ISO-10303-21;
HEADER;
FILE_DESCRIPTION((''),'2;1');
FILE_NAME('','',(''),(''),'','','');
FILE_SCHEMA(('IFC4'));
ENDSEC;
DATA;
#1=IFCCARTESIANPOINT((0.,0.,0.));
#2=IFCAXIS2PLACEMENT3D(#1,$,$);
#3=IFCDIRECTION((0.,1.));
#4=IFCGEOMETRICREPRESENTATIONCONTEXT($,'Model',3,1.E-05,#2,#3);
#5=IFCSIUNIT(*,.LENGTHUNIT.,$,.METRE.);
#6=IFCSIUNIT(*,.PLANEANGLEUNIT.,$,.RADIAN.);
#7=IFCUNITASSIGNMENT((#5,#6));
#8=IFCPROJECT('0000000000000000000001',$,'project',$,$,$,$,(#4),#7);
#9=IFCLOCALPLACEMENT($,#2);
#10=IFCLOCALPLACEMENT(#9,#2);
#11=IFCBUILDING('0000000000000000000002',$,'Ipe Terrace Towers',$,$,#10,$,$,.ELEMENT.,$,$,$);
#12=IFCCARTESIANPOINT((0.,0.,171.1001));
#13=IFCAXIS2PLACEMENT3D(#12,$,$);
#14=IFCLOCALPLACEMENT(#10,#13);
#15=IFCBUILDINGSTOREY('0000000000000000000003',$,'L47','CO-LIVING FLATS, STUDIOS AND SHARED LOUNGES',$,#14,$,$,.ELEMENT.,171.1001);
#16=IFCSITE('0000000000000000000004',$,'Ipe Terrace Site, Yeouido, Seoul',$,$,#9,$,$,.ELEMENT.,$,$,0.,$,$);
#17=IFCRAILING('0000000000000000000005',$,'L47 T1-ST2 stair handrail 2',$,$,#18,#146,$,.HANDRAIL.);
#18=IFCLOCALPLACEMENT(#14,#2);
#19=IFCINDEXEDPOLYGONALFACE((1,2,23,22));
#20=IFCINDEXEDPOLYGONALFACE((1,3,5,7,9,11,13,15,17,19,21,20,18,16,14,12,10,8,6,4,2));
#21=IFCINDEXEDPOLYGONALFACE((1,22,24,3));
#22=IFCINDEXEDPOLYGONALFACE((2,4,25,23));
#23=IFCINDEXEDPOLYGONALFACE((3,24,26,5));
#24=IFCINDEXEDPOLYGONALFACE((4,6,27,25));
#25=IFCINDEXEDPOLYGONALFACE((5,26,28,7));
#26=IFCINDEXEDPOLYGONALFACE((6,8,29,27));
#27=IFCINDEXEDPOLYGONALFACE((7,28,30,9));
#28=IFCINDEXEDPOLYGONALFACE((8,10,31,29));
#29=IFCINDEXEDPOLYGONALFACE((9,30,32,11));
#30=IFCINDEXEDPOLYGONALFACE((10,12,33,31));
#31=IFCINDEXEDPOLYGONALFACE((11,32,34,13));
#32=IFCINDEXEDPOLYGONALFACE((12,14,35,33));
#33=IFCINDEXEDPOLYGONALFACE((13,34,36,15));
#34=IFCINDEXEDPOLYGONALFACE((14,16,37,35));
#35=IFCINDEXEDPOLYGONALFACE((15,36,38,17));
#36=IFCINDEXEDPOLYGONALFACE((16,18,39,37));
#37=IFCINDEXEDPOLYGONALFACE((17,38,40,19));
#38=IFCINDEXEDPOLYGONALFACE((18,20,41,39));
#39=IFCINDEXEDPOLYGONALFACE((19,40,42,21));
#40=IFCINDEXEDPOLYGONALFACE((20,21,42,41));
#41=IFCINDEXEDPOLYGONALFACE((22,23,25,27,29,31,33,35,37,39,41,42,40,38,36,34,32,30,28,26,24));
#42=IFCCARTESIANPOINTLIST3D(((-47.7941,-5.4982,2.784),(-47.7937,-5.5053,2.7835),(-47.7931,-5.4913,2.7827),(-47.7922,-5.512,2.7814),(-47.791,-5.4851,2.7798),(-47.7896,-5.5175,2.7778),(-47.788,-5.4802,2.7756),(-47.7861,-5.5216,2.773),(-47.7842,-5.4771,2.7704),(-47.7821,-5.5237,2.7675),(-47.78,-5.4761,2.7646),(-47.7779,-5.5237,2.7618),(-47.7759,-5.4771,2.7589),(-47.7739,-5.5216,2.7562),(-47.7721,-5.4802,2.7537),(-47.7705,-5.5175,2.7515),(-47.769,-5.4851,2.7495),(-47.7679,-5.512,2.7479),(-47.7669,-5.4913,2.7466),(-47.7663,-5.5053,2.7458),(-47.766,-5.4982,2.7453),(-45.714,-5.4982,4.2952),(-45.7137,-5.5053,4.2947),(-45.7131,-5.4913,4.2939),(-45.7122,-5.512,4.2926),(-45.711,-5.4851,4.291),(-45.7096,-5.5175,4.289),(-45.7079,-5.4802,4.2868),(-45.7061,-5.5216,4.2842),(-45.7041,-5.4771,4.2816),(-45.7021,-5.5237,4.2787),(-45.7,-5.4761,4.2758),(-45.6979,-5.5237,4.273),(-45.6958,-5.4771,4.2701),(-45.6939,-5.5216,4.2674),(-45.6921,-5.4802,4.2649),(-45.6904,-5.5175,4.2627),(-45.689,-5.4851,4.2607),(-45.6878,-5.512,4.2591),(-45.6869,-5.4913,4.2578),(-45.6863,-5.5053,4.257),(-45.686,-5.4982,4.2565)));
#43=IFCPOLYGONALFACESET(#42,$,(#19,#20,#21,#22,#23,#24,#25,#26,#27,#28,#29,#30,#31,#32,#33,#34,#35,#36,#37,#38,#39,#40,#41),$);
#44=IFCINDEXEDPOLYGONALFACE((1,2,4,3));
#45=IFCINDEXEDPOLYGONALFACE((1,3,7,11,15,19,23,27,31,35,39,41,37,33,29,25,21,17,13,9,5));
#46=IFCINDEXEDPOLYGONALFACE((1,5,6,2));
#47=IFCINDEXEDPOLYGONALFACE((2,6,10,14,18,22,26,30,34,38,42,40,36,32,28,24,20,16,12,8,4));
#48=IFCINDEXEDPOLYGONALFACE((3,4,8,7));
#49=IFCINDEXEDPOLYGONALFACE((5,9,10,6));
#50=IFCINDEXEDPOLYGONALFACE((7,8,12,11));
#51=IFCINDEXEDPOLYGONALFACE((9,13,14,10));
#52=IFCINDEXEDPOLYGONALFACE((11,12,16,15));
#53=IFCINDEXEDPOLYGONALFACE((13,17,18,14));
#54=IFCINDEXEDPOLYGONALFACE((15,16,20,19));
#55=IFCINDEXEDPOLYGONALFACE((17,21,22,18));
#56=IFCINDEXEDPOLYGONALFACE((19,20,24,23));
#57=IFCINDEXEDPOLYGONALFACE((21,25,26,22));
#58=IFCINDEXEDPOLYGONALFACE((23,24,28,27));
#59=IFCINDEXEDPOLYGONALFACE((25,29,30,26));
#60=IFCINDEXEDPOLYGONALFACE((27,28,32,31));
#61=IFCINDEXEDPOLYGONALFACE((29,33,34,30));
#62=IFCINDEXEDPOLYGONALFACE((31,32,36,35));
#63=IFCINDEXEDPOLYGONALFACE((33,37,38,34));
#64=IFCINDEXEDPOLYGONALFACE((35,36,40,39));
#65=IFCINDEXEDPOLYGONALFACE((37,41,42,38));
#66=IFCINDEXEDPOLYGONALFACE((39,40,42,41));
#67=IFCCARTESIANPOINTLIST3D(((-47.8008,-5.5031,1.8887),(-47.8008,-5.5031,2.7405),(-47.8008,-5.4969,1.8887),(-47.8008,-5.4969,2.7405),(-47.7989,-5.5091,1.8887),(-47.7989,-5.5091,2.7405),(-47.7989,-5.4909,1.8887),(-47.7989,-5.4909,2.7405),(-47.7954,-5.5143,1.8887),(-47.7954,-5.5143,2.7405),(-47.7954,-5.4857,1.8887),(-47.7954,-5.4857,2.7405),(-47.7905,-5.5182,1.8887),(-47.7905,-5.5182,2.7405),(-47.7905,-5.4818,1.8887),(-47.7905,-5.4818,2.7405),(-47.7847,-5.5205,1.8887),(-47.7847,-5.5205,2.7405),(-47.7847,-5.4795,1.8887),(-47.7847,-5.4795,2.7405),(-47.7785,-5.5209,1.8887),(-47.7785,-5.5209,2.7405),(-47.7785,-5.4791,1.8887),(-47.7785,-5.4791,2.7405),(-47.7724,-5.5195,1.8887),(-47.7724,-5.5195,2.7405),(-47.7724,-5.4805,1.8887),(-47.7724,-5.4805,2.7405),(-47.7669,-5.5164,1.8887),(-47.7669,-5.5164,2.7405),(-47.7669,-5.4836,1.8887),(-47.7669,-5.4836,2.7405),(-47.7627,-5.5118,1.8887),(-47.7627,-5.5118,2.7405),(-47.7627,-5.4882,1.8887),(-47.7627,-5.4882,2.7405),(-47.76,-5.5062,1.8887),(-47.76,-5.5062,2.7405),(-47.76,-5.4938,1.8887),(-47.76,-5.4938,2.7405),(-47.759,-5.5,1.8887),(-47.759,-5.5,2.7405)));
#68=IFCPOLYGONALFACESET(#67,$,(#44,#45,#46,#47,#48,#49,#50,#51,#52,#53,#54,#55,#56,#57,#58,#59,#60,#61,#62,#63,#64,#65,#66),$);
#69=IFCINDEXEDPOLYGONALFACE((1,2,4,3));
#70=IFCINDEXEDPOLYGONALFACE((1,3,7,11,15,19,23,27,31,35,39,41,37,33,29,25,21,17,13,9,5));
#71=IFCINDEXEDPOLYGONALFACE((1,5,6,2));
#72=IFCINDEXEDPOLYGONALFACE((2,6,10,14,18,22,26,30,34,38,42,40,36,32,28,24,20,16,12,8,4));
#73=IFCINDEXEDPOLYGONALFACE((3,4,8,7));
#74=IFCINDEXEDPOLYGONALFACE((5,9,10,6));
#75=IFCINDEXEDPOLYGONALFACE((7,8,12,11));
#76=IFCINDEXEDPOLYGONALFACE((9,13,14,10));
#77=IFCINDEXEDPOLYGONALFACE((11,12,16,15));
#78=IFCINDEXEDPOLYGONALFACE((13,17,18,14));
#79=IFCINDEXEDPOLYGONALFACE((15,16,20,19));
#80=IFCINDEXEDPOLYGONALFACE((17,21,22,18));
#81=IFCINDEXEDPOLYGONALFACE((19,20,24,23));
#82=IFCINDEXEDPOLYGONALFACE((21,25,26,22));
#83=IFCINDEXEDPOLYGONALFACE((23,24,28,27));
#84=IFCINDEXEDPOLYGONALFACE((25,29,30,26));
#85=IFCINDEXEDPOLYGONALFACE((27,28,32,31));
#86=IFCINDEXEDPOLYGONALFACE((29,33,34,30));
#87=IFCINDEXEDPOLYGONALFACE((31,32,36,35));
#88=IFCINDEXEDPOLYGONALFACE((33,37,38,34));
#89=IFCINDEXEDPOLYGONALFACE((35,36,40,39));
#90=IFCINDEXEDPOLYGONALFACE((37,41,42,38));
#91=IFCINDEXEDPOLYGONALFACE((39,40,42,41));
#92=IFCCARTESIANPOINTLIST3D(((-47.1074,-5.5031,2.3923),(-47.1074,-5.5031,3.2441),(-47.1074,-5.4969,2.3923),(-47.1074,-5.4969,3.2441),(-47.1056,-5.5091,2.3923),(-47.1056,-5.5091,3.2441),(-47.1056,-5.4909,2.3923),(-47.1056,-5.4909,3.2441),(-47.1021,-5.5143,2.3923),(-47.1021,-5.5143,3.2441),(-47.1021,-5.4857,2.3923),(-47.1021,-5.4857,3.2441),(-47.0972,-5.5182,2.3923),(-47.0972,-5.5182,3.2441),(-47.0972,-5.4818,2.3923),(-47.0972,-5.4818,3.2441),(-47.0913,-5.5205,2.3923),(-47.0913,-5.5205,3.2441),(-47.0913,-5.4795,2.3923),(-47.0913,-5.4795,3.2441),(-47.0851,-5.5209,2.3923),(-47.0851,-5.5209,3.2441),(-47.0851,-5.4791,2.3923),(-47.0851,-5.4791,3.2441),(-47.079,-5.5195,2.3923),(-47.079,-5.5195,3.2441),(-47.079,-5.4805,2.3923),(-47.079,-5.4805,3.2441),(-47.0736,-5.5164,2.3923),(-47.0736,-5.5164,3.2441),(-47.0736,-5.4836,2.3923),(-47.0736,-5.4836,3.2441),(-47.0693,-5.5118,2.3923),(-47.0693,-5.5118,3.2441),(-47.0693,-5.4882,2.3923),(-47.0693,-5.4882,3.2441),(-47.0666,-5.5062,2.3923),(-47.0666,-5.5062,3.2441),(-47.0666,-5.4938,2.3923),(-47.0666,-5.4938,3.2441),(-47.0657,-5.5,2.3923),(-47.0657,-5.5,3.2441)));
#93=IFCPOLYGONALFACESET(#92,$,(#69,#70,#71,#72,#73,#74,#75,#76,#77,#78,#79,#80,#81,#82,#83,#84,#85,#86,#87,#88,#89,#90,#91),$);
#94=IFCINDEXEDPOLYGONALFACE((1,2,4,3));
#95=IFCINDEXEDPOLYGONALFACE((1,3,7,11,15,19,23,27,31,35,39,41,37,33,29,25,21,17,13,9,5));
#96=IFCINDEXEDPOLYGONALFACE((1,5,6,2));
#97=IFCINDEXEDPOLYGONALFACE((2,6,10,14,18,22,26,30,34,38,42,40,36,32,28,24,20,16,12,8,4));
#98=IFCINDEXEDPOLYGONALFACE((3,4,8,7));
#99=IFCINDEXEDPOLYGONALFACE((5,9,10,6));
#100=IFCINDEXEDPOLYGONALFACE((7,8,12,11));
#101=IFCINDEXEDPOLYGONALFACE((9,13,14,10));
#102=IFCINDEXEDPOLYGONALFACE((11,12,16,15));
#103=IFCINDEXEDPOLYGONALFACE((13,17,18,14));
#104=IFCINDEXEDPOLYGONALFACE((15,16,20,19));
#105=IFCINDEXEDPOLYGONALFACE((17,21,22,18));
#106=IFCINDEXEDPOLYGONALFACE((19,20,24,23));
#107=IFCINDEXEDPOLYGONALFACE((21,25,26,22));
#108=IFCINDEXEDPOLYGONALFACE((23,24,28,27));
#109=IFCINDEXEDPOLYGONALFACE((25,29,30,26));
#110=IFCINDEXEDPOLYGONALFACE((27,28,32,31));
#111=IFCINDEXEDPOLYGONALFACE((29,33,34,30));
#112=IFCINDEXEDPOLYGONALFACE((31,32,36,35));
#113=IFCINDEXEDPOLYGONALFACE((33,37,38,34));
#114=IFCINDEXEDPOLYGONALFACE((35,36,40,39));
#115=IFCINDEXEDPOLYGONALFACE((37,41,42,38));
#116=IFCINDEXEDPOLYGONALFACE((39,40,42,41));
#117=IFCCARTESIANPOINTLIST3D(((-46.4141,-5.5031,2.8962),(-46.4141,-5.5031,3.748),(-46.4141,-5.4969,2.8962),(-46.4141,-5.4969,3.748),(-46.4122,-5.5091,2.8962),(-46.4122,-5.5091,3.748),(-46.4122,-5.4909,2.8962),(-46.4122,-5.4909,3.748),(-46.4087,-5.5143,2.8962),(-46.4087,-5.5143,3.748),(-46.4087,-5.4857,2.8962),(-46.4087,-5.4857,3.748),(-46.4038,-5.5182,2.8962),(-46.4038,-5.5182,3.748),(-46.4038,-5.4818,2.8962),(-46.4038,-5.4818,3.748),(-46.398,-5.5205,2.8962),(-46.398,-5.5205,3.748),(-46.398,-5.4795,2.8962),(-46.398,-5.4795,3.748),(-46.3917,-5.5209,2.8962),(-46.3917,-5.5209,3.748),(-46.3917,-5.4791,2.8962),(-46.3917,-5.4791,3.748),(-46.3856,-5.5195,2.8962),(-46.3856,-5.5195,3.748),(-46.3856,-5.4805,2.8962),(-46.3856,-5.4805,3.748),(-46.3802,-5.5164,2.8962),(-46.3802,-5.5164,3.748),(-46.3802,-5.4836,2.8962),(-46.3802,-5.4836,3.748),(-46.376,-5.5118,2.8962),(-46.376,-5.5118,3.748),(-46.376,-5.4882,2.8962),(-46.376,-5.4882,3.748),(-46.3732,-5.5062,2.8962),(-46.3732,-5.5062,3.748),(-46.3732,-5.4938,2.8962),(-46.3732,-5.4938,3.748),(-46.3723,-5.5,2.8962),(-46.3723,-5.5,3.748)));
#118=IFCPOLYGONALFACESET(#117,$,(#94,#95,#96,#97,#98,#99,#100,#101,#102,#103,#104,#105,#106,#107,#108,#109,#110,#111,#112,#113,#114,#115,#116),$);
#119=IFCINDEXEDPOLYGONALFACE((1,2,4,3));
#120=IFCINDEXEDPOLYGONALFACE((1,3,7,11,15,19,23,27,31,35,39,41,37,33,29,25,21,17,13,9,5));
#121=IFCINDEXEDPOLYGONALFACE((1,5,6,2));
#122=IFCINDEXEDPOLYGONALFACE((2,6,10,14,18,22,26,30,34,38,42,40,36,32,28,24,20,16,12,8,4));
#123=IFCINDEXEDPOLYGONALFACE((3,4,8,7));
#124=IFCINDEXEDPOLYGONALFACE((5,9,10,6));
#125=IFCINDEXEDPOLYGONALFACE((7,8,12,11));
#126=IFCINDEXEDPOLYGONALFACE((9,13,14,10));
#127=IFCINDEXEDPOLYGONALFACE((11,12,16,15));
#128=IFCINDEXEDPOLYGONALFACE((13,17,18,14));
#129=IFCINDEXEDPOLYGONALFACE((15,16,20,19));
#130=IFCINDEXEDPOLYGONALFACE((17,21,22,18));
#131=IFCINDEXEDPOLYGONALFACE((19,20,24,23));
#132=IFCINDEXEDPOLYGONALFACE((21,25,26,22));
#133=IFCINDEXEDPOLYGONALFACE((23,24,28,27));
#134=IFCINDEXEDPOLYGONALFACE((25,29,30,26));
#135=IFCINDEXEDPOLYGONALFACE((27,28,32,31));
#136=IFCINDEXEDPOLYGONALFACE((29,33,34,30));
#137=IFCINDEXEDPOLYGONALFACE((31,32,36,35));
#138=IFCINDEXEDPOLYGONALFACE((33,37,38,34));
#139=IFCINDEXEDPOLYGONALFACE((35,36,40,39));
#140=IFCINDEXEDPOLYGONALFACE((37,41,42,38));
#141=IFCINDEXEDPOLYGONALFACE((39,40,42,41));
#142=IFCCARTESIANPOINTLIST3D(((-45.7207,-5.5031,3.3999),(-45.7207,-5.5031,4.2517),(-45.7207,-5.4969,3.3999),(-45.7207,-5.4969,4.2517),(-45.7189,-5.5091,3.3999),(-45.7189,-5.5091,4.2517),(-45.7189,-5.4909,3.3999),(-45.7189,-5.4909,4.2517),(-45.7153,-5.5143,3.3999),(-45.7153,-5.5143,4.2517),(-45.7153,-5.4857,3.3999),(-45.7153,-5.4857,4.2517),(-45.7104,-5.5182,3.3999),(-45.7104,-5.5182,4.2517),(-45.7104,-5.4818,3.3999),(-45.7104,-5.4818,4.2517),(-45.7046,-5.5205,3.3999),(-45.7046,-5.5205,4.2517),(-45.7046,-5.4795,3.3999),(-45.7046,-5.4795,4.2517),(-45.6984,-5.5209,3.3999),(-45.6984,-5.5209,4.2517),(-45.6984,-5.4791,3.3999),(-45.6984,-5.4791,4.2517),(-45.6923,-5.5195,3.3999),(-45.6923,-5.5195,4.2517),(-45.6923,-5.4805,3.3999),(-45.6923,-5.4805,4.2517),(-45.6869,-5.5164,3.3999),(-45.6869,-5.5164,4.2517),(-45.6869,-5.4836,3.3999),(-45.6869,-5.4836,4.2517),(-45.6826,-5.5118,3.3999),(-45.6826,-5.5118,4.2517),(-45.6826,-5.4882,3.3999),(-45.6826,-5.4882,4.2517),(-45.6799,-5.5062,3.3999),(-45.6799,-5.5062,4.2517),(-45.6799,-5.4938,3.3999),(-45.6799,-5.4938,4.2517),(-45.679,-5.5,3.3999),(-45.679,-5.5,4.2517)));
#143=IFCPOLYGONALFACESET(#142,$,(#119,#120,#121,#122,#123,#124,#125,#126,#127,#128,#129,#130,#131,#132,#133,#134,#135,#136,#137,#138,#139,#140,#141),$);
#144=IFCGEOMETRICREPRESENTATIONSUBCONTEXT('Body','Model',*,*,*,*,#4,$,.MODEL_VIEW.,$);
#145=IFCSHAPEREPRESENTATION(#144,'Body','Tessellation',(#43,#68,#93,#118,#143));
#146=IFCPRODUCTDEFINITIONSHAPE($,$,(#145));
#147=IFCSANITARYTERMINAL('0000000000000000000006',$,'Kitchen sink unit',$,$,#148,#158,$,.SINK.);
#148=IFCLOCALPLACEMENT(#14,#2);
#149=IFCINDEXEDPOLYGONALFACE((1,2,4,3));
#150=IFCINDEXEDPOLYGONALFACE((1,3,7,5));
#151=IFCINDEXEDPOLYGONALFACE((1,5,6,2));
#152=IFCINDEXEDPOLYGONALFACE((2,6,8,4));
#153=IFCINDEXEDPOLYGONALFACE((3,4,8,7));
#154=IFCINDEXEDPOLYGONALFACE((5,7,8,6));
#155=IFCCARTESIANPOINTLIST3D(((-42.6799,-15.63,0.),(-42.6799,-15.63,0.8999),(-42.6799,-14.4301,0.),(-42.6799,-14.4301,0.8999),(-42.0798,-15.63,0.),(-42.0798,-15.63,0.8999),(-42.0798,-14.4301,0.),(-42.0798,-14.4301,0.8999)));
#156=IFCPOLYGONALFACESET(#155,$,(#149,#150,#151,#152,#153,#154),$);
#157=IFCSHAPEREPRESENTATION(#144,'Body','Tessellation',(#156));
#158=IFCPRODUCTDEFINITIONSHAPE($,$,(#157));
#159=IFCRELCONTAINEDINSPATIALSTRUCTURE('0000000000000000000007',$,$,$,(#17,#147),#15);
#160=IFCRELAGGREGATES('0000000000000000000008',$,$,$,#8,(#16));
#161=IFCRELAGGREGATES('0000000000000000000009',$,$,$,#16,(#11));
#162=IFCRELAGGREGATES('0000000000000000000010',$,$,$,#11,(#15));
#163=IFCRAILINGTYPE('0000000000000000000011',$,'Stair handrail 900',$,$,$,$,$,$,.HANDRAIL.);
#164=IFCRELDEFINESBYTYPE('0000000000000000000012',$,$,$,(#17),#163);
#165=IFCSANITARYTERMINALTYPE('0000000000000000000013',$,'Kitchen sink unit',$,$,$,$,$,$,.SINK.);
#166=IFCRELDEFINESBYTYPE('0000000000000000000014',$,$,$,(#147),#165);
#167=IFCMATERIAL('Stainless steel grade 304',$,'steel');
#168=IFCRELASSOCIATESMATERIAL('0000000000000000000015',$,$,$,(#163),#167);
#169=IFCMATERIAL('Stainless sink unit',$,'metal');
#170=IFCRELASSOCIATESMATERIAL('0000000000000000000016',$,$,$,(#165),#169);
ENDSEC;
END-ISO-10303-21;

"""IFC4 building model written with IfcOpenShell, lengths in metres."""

from ifc_helpers import new_model, si_unit, direction, frame, origin, origin_2d, place, context, subcontext, project, spatial, rectangle, circle, extrude, material, type_object, element, save


model = new_model("IFC4")

# Units and contexts
model_context = context("Model", 3, precision=1e-05, world=origin(), true_north=direction((0.0, 1.0)))
body_context = subcontext(model_context, "Body", "Model", "MODEL_VIEW")
ifc_project = project(units=[si_unit("LENGTHUNIT", "METRE"), si_unit("PLANEANGLEUNIT", "RADIAN")], contexts=[model_context])

# Site, building, storey
site_placement = place(None, origin())
site = spatial("IfcSite", under=ifc_project, at=site_placement, Name="Ipe Terrace Site, Yeouido, Seoul", CompositionType="ELEMENT", RefElevation=0.0)
building_placement = place(site_placement, origin())
building = spatial("IfcBuilding", under=site, at=building_placement, Name="Ipe Terrace Towers", CompositionType="ELEMENT")
storey_placement = place(building_placement, frame((0.0, 0.0, 171.1001)))
storey = spatial("IfcBuildingStorey", under=building, at=storey_placement, Name="L47", Description="CO-LIVING FLATS, STUDIOS AND SHARED LOUNGES", CompositionType="ELEMENT", Elevation=171.1001)

# Railing
ifc_material_1 = material(Name="Stainless steel grade 304", Category="steel")
railing_type_1 = type_object("IfcRailingType", Name="Stair handrail 900", PredefinedType="HANDRAIL", material=ifc_material_1)
railing_1_placement = place(storey_placement, frame((-47.78, -5.5, 1.8887)))
element("IfcRailing", 1, at=railing_1_placement, inside=storey, type_object=railing_type_1, Name="L47 T1-ST2 stair handrail 2", PredefinedType="HANDRAIL", context=body_context, shape_type="SweptSolid", body=[
    extrude(circle(Radius=0.0239, at=origin_2d()), frame((0.0, 0.0, 0.876), z_axis=(0.809023, 0.0, 0.587776), x_axis=(0.0, 1.0, 0.0)), (0.0, 0.0, 1.0), 2.571),
    extrude(circle(Radius=0.021, at=origin_2d()), origin(), (0.0, 0.0, 1.0), 0.8518),
    extrude(circle(Radius=0.021, at=origin_2d()), frame((0.6934, 0.0, 0.5037)), (0.0, 0.0, 1.0), 0.8518),
    extrude(circle(Radius=0.021, at=origin_2d()), frame((1.3867, 0.0, 1.0076)), (0.0, 0.0, 1.0), 0.8518),
    extrude(circle(Radius=0.021, at=origin_2d()), frame((2.0801, 0.0, 1.5112)), (0.0, 0.0, 1.0), 0.8518),
])

# Sanitary terminal
ifc_material_2 = material(Name="Stainless sink unit", Category="metal")
sanitary_terminal_type = type_object("IfcSanitaryTerminalType", Name="Kitchen sink unit", PredefinedType="SINK", material=ifc_material_2)
sanitary_terminal_placement = place(storey_placement, frame((-42.3799, -15.03, 0.0), z_axis=(0.0, 0.0, 1.0), x_axis=(0.0, 1.0, 0.0)))
element("IfcSanitaryTerminal", 2, at=sanitary_terminal_placement, inside=storey, type_object=sanitary_terminal_type, Name="Kitchen sink unit", PredefinedType="SINK", context=body_context, shape_type="SweptSolid", body=[
    extrude(rectangle(XDim=1.2, YDim=0.6001, at=origin_2d()), origin(), (0.0, 0.0, 1.0), 0.8999),
])

save(model, "model.ifc")
